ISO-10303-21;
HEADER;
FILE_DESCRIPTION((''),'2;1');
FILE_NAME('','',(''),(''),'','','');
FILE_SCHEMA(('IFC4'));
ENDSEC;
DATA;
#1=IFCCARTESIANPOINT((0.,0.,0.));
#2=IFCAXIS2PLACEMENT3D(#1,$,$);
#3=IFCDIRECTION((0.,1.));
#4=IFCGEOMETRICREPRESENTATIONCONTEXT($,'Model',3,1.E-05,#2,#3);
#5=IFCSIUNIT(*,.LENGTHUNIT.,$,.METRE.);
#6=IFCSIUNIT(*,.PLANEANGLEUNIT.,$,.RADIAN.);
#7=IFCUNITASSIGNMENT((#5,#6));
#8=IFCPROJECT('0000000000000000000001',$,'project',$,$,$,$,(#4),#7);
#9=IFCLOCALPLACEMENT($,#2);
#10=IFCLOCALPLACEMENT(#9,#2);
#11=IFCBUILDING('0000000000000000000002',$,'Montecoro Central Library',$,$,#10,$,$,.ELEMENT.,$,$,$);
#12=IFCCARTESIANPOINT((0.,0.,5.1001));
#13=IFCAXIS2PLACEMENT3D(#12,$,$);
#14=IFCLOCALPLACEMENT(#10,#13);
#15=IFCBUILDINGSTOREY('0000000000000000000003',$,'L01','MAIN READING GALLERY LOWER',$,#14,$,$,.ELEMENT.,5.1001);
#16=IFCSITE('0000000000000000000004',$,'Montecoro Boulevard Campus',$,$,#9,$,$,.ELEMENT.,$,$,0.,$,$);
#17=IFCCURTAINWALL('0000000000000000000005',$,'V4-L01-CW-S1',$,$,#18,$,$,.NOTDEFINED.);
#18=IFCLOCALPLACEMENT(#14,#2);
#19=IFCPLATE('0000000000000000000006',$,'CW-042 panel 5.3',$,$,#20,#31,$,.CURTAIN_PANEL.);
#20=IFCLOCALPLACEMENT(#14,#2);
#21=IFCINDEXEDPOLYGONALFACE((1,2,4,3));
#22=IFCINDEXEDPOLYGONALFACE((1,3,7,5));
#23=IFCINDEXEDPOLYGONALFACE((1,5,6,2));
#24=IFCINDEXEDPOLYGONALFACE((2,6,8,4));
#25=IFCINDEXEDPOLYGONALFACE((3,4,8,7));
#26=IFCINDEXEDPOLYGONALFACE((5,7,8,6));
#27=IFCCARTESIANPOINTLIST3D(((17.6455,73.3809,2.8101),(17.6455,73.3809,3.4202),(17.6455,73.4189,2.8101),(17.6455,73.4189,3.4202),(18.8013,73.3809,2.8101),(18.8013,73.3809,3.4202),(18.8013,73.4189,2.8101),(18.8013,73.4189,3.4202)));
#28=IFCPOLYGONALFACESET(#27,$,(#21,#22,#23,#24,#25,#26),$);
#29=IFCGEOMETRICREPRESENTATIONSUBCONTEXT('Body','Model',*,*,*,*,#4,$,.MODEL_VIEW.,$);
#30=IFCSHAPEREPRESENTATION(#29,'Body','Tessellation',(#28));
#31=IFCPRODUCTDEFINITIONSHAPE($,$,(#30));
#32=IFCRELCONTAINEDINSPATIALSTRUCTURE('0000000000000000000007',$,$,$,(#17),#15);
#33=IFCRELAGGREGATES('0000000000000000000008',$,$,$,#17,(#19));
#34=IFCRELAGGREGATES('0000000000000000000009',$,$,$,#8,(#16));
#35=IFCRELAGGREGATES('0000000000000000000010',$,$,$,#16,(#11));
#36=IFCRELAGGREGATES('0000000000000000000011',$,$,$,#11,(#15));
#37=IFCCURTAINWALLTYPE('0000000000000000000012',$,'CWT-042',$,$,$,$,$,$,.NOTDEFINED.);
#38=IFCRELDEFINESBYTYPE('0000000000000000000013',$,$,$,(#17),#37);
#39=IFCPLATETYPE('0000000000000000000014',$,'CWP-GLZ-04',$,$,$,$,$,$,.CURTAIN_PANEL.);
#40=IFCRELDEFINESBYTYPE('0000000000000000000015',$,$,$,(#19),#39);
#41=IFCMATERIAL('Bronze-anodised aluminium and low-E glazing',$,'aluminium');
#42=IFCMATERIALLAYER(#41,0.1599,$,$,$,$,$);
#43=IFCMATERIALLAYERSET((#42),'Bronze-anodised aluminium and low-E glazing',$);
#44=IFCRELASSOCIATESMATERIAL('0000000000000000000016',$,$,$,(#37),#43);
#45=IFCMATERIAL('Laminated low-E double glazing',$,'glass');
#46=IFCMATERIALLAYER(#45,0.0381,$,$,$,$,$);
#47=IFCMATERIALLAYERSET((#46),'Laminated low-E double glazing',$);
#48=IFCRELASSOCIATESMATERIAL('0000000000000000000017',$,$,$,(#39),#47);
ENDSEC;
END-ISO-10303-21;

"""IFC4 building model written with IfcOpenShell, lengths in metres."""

from ifc_helpers import new_model, si_unit, direction, frame, origin, origin_2d, place, context, subcontext, project, spatial, rectangle, extrude, material, layer, layer_set, type_object, element, aggregate, save


model = new_model("IFC4")

# Units and contexts
model_context = context("Model", 3, precision=1e-05, world=origin(), true_north=direction((0.0, 1.0)))
body_context = subcontext(model_context, "Body", "Model", "MODEL_VIEW")
ifc_project = project(units=[si_unit("LENGTHUNIT", "METRE"), si_unit("PLANEANGLEUNIT", "RADIAN")], contexts=[model_context])

# Site, building, storey
site_placement = place(None, origin())
site = spatial("IfcSite", under=ifc_project, at=site_placement, Name="Montecoro Boulevard Campus", CompositionType="ELEMENT", RefElevation=0.0)
building_placement = place(site_placement, origin())
building = spatial("IfcBuilding", under=site, at=building_placement, Name="Montecoro Central Library", CompositionType="ELEMENT")
storey_placement = place(building_placement, frame((0.0, 0.0, 5.1001)))
storey = spatial("IfcBuildingStorey", under=building, at=storey_placement, Name="L01", Description="MAIN READING GALLERY LOWER", CompositionType="ELEMENT", Elevation=5.1001)

# Curtain wall, plate
ifc_material_1 = material(Name="Bronze-anodised aluminium and low-E glazing", Category="aluminium")
ifc_layer_1 = layer(ifc_material_1, 0.1599)
ifc_layer_set_1 = layer_set([ifc_layer_1], Name="Bronze-anodised aluminium and low-E glazing")
curtain_wall_type = type_object("IfcCurtainWallType", Name="CWT-042", PredefinedType="NOTDEFINED", material=ifc_layer_set_1)
curtain_wall_placement = place(storey_placement, origin())
curtain_wall = element("IfcCurtainWall", 1, at=curtain_wall_placement, inside=storey, type_object=curtain_wall_type, Name="V4-L01-CW-S1", PredefinedType="NOTDEFINED")
ifc_material_2 = material(Name="Laminated low-E double glazing", Category="glass")
ifc_layer_2 = layer(ifc_material_2, 0.0381)
ifc_layer_set_2 = layer_set([ifc_layer_2], Name="Laminated low-E double glazing")
plate_type = type_object("IfcPlateType", Name="CWP-GLZ-04", PredefinedType="CURTAIN_PANEL", material=ifc_layer_set_2)
plate_1_placement = place(storey_placement, frame((18.2234, 73.3999, 2.8101), z_axis=(0.0, 0.0, 1.0), x_axis=(1.0, 0.0, 0.0)))
plate_1 = element("IfcPlate", 2, at=plate_1_placement, type_object=plate_type, Name="CW-042 panel 5.3", PredefinedType="CURTAIN_PANEL", context=body_context, shape_type="SweptSolid", body=[
    extrude(rectangle(XDim=1.1558, YDim=0.0381, at=origin_2d()), origin(), (0.0, 0.0, 1.0), 0.6101),
])
aggregate(curtain_wall, [plate_1])

save(model, "model.ifc")
